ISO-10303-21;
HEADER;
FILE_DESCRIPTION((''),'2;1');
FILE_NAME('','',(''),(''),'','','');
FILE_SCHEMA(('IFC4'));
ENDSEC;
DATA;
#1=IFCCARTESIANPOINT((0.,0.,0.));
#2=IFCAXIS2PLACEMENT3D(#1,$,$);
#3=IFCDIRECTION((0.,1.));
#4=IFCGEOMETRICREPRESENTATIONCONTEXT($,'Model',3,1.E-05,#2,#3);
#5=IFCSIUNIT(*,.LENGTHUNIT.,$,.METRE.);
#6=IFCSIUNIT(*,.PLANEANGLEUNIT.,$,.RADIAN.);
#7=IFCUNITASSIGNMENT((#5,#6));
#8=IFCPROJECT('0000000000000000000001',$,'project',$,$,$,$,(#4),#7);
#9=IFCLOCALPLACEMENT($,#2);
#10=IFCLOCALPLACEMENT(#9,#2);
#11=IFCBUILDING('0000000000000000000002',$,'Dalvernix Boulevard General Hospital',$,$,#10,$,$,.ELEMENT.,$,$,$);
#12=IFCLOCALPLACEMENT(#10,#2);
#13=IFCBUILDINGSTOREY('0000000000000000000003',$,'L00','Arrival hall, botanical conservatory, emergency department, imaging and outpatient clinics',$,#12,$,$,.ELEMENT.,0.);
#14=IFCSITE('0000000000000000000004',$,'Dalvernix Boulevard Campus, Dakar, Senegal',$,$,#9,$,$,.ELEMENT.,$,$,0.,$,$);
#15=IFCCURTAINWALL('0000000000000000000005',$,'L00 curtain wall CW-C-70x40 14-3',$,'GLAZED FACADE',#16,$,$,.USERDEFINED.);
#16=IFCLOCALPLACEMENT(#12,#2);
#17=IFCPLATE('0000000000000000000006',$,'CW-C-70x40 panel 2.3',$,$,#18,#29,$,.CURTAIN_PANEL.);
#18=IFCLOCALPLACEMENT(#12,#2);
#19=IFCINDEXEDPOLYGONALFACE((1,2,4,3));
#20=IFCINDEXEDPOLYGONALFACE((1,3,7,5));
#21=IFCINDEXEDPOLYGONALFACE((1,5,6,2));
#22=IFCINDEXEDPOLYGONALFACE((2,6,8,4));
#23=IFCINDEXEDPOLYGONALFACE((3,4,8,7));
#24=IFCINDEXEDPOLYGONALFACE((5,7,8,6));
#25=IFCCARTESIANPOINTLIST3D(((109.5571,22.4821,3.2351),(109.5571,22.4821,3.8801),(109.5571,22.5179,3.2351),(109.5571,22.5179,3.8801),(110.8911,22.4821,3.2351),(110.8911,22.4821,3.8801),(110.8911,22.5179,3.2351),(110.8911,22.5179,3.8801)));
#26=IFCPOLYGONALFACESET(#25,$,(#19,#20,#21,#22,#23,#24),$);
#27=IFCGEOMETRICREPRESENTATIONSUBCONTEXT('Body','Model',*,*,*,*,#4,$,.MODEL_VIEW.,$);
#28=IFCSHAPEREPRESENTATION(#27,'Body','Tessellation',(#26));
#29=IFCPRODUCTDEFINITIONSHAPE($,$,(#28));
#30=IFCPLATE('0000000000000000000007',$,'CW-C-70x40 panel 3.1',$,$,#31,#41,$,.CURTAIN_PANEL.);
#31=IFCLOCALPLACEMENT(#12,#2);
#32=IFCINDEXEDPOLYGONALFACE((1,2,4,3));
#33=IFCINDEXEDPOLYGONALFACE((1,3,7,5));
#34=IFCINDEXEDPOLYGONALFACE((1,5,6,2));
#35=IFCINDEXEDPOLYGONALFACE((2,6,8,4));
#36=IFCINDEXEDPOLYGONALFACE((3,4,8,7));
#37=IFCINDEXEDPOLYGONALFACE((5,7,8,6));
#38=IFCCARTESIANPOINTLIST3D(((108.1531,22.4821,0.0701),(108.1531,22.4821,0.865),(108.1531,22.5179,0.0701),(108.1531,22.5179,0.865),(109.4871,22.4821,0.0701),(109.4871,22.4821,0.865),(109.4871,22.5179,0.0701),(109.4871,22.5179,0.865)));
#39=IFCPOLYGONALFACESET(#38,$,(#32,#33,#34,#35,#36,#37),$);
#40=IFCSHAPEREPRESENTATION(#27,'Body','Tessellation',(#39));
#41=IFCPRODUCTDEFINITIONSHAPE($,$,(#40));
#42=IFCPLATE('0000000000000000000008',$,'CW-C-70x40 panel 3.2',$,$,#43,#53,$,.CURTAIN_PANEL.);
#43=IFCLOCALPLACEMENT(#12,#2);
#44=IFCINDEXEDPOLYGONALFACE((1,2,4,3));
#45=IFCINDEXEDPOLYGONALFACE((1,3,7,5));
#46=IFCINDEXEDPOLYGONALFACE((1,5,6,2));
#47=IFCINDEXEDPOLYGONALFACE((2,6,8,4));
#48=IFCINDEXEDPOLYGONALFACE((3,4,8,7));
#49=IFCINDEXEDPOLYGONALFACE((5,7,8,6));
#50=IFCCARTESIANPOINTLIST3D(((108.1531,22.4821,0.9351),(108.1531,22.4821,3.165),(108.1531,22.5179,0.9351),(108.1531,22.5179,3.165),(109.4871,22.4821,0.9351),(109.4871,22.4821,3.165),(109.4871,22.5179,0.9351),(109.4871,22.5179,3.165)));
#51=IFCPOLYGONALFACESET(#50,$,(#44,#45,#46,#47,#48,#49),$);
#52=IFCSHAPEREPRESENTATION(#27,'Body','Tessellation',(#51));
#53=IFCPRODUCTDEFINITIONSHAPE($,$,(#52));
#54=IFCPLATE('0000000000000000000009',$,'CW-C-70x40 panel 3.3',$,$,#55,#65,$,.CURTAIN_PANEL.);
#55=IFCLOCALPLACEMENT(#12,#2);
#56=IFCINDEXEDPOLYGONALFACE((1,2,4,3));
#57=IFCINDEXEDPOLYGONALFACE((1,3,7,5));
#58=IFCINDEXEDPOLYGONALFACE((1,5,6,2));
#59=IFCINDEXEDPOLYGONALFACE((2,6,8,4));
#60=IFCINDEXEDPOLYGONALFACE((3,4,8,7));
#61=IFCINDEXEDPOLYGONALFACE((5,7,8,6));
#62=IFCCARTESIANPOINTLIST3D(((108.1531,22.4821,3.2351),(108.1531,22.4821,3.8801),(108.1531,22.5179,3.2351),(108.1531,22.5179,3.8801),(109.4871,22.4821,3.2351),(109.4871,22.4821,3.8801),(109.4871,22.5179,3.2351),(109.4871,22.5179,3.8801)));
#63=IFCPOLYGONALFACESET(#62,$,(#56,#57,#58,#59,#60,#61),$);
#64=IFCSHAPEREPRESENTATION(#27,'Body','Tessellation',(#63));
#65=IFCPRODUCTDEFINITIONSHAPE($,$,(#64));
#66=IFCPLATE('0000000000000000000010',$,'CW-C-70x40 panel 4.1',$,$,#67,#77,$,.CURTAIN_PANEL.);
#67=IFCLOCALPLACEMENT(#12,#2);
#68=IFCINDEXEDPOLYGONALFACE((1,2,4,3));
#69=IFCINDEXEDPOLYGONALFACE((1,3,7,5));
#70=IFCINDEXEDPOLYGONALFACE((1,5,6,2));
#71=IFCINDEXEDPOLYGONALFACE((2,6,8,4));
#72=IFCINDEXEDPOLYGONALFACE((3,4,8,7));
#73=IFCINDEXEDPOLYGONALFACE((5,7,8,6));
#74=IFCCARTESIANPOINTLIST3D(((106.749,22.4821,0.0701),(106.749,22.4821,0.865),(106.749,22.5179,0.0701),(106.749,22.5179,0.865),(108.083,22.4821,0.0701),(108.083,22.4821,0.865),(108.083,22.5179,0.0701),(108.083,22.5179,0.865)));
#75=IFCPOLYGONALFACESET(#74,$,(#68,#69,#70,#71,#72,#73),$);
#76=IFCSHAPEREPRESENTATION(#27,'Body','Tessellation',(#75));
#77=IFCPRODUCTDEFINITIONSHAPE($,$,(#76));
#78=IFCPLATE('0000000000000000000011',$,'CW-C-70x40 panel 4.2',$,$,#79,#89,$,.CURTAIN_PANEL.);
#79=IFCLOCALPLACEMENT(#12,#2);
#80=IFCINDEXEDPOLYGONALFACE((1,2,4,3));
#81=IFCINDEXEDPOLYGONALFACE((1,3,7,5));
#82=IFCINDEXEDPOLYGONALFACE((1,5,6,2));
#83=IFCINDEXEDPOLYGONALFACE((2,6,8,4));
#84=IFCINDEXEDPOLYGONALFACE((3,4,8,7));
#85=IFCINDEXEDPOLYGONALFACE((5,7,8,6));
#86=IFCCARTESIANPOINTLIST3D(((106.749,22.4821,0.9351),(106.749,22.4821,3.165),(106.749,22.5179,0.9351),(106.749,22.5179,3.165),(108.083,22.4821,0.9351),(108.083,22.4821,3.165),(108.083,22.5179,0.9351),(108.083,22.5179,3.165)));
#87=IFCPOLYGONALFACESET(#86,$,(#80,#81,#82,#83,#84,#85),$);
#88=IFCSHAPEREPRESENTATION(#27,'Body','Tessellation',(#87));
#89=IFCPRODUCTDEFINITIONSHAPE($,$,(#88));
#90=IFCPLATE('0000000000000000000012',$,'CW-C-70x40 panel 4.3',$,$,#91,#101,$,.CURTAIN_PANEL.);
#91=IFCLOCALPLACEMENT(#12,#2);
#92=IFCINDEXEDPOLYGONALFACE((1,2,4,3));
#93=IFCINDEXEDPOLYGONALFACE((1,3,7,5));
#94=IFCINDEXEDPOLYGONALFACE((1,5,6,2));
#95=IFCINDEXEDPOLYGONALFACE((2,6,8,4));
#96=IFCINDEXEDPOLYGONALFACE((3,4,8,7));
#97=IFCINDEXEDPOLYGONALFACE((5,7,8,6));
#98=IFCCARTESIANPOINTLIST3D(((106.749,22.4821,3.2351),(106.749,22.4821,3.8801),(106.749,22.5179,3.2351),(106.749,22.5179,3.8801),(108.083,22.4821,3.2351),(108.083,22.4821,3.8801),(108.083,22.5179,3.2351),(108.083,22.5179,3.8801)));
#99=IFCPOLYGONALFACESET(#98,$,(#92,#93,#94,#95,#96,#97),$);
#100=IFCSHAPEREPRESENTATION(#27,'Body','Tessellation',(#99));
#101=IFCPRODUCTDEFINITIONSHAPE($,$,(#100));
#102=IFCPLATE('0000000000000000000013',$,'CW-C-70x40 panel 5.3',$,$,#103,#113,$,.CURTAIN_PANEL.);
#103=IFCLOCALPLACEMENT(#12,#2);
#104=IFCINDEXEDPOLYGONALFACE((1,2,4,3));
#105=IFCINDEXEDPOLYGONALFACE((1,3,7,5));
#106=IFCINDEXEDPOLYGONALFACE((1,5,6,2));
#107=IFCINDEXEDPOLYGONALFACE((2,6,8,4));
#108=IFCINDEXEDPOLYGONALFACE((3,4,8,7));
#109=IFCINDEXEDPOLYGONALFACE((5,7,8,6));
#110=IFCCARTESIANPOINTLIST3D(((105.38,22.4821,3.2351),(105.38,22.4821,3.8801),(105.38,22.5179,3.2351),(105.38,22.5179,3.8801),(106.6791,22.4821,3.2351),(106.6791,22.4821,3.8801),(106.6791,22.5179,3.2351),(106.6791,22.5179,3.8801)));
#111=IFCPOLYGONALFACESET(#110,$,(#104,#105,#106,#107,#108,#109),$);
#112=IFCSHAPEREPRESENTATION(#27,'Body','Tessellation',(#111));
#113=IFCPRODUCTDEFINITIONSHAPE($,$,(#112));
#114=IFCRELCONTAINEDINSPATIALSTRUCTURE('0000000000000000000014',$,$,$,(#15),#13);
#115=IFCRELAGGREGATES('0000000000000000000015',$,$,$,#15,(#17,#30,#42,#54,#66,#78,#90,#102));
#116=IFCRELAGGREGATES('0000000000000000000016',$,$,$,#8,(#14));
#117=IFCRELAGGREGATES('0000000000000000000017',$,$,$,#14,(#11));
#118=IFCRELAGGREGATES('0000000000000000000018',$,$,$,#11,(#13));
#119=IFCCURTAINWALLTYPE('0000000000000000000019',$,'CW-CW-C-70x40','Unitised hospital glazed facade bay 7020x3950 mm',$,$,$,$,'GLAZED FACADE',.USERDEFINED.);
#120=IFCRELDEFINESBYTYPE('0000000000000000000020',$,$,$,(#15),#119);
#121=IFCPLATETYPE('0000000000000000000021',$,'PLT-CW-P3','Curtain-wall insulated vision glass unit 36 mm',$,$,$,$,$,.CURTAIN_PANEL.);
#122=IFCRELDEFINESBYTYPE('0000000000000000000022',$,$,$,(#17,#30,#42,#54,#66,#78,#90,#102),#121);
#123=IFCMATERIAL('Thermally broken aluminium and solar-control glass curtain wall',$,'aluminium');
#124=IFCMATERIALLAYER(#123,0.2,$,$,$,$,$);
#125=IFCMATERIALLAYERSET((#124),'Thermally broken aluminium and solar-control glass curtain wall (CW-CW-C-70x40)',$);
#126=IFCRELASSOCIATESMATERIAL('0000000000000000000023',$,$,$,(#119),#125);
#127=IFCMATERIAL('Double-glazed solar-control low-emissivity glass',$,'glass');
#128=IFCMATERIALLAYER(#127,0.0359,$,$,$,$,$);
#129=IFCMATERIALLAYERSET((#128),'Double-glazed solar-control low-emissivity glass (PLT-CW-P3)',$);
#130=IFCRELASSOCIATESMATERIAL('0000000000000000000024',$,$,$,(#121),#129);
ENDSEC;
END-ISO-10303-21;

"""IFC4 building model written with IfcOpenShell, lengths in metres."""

from ifc_helpers import new_model, si_unit, direction, frame, origin, origin_2d, place, context, subcontext, project, spatial, rectangle, extrude, material, layer, layer_set, type_object, element, aggregate, save


model = new_model("IFC4")

# Units and contexts
model_context = context("Model", 3, precision=1e-05, world=origin(), true_north=direction((0.0, 1.0)))
body_context = subcontext(model_context, "Body", "Model", "MODEL_VIEW")
ifc_project = project(units=[si_unit("LENGTHUNIT", "METRE"), si_unit("PLANEANGLEUNIT", "RADIAN")], contexts=[model_context])

# Site, building, storey
site_placement = place(None, origin())
site = spatial("IfcSite", under=ifc_project, at=site_placement, Name="Dalvernix Boulevard Campus, Dakar, Senegal", CompositionType="ELEMENT", RefElevation=0.0)
building_placement = place(site_placement, origin())
building = spatial("IfcBuilding", under=site, at=building_placement, Name="Dalvernix Boulevard General Hospital", CompositionType="ELEMENT")
storey_placement = place(building_placement, origin())
storey = spatial("IfcBuildingStorey", under=building, at=storey_placement, Name="L00", Description="Arrival hall, botanical conservatory, emergency department, imaging and outpatient clinics", CompositionType="ELEMENT", Elevation=0.0)

# Curtain wall, plates
ifc_material_1 = material(Name="Thermally broken aluminium and solar-control glass curtain wall", Category="aluminium")
ifc_layer_1 = layer(ifc_material_1, 0.2)
ifc_layer_set_1 = layer_set([ifc_layer_1], Name="Thermally broken aluminium and solar-control glass curtain wall (CW-CW-C-70x40)")
curtain_wall_type = type_object("IfcCurtainWallType", Name="CW-CW-C-70x40", Description="Unitised hospital glazed facade bay 7020x3950 mm", ElementType="GLAZED FACADE", PredefinedType="USERDEFINED", material=ifc_layer_set_1)
curtain_wall_placement = place(storey_placement, origin())
curtain_wall = element("IfcCurtainWall", 1, at=curtain_wall_placement, inside=storey, type_object=curtain_wall_type, Name="L00 curtain wall CW-C-70x40 14-3", ObjectType="GLAZED FACADE", PredefinedType="USERDEFINED")
ifc_material_2 = material(Name="Double-glazed solar-control low-emissivity glass", Category="glass")
ifc_layer_2 = layer(ifc_material_2, 0.0359)
ifc_layer_set_2 = layer_set([ifc_layer_2], Name="Double-glazed solar-control low-emissivity glass (PLT-CW-P3)")
plate_type = type_object("IfcPlateType", Name="PLT-CW-P3", Description="Curtain-wall insulated vision glass unit 36 mm", PredefinedType="CURTAIN_PANEL", material=ifc_layer_set_2)
plate_1_placement = place(storey_placement, frame((110.2241, 22.5, 3.2351), z_axis=(0.0, 0.0, 1.0), x_axis=(-1.0, 0.0, 0.0)))
plate_1 = element("IfcPlate", 2, at=plate_1_placement, type_object=plate_type, Name="CW-C-70x40 panel 2.3", PredefinedType="CURTAIN_PANEL", context=body_context, shape_type="SweptSolid", body=[
    extrude(rectangle(XDim=1.334, YDim=0.0359, at=origin_2d()), origin(), (0.0, 0.0, 1.0), 0.645),
])
plate_2_placement = place(storey_placement, frame((108.8201, 22.5, 0.0701), z_axis=(0.0, 0.0, 1.0), x_axis=(-1.0, 0.0, 0.0)))
plate_2 = element("IfcPlate", 3, at=plate_2_placement, type_object=plate_type, Name="CW-C-70x40 panel 3.1", PredefinedType="CURTAIN_PANEL", context=body_context, shape_type="SweptSolid", body=[
    extrude(rectangle(XDim=1.334, YDim=0.0359, at=origin_2d()), origin(), (0.0, 0.0, 1.0), 0.7949),
])
plate_3_placement = place(storey_placement, frame((108.8201, 22.5, 0.9351), z_axis=(0.0, 0.0, 1.0), x_axis=(-1.0, 0.0, 0.0)))
plate_3 = element("IfcPlate", 4, at=plate_3_placement, type_object=plate_type, Name="CW-C-70x40 panel 3.2", PredefinedType="CURTAIN_PANEL", context=body_context, shape_type="SweptSolid", body=[
    extrude(rectangle(XDim=1.334, YDim=0.0359, at=origin_2d()), origin(), (0.0, 0.0, 1.0), 2.23),
])
plate_4_placement = place(storey_placement, frame((108.8201, 22.5, 3.2351), z_axis=(0.0, 0.0, 1.0), x_axis=(-1.0, 0.0, 0.0)))
plate_4 = element("IfcPlate", 5, at=plate_4_placement, type_object=plate_type, Name="CW-C-70x40 panel 3.3", PredefinedType="CURTAIN_PANEL", context=body_context, shape_type="SweptSolid", body=[
    extrude(rectangle(XDim=1.334, YDim=0.0359, at=origin_2d()), origin(), (0.0, 0.0, 1.0), 0.645),
])
plate_5_placement = place(storey_placement, frame((107.416, 22.5, 0.0701), z_axis=(0.0, 0.0, 1.0), x_axis=(-1.0, 0.0, 0.0)))
plate_5 = element("IfcPlate", 6, at=plate_5_placement, type_object=plate_type, Name="CW-C-70x40 panel 4.1", PredefinedType="CURTAIN_PANEL", context=body_context, shape_type="SweptSolid", body=[
    extrude(rectangle(XDim=1.334, YDim=0.0359, at=origin_2d()), origin(), (0.0, 0.0, 1.0), 0.7949),
])
plate_6_placement = place(storey_placement, frame((107.416, 22.5, 0.9351), z_axis=(0.0, 0.0, 1.0), x_axis=(-1.0, 0.0, 0.0)))
plate_6 = element("IfcPlate", 7, at=plate_6_placement, type_object=plate_type, Name="CW-C-70x40 panel 4.2", PredefinedType="CURTAIN_PANEL", context=body_context, shape_type="SweptSolid", body=[
    extrude(rectangle(XDim=1.334, YDim=0.0359, at=origin_2d()), origin(), (0.0, 0.0, 1.0), 2.23),
])
plate_7_placement = place(storey_placement, frame((107.416, 22.5, 3.2351), z_axis=(0.0, 0.0, 1.0), x_axis=(-1.0, 0.0, 0.0)))
plate_7 = element("IfcPlate", 8, at=plate_7_placement, type_object=plate_type, Name="CW-C-70x40 panel 4.3", PredefinedType="CURTAIN_PANEL", context=body_context, shape_type="SweptSolid", body=[
    extrude(rectangle(XDim=1.334, YDim=0.0359, at=origin_2d()), origin(), (0.0, 0.0, 1.0), 0.645),
])
plate_8_placement = place(storey_placement, frame((106.0295, 22.5, 3.2351), z_axis=(0.0, 0.0, 1.0), x_axis=(-1.0, 0.0, 0.0)))
plate_8 = element("IfcPlate", 9, at=plate_8_placement, type_object=plate_type, Name="CW-C-70x40 panel 5.3", PredefinedType="CURTAIN_PANEL", context=body_context, shape_type="SweptSolid", body=[
    extrude(rectangle(XDim=1.2991, YDim=0.0359, at=origin_2d()), origin(), (0.0, 0.0, 1.0), 0.645),
])
aggregate(curtain_wall, [plate_1, plate_2, plate_3, plate_4, plate_5, plate_6, plate_7, plate_8])

save(model, "model.ifc")
